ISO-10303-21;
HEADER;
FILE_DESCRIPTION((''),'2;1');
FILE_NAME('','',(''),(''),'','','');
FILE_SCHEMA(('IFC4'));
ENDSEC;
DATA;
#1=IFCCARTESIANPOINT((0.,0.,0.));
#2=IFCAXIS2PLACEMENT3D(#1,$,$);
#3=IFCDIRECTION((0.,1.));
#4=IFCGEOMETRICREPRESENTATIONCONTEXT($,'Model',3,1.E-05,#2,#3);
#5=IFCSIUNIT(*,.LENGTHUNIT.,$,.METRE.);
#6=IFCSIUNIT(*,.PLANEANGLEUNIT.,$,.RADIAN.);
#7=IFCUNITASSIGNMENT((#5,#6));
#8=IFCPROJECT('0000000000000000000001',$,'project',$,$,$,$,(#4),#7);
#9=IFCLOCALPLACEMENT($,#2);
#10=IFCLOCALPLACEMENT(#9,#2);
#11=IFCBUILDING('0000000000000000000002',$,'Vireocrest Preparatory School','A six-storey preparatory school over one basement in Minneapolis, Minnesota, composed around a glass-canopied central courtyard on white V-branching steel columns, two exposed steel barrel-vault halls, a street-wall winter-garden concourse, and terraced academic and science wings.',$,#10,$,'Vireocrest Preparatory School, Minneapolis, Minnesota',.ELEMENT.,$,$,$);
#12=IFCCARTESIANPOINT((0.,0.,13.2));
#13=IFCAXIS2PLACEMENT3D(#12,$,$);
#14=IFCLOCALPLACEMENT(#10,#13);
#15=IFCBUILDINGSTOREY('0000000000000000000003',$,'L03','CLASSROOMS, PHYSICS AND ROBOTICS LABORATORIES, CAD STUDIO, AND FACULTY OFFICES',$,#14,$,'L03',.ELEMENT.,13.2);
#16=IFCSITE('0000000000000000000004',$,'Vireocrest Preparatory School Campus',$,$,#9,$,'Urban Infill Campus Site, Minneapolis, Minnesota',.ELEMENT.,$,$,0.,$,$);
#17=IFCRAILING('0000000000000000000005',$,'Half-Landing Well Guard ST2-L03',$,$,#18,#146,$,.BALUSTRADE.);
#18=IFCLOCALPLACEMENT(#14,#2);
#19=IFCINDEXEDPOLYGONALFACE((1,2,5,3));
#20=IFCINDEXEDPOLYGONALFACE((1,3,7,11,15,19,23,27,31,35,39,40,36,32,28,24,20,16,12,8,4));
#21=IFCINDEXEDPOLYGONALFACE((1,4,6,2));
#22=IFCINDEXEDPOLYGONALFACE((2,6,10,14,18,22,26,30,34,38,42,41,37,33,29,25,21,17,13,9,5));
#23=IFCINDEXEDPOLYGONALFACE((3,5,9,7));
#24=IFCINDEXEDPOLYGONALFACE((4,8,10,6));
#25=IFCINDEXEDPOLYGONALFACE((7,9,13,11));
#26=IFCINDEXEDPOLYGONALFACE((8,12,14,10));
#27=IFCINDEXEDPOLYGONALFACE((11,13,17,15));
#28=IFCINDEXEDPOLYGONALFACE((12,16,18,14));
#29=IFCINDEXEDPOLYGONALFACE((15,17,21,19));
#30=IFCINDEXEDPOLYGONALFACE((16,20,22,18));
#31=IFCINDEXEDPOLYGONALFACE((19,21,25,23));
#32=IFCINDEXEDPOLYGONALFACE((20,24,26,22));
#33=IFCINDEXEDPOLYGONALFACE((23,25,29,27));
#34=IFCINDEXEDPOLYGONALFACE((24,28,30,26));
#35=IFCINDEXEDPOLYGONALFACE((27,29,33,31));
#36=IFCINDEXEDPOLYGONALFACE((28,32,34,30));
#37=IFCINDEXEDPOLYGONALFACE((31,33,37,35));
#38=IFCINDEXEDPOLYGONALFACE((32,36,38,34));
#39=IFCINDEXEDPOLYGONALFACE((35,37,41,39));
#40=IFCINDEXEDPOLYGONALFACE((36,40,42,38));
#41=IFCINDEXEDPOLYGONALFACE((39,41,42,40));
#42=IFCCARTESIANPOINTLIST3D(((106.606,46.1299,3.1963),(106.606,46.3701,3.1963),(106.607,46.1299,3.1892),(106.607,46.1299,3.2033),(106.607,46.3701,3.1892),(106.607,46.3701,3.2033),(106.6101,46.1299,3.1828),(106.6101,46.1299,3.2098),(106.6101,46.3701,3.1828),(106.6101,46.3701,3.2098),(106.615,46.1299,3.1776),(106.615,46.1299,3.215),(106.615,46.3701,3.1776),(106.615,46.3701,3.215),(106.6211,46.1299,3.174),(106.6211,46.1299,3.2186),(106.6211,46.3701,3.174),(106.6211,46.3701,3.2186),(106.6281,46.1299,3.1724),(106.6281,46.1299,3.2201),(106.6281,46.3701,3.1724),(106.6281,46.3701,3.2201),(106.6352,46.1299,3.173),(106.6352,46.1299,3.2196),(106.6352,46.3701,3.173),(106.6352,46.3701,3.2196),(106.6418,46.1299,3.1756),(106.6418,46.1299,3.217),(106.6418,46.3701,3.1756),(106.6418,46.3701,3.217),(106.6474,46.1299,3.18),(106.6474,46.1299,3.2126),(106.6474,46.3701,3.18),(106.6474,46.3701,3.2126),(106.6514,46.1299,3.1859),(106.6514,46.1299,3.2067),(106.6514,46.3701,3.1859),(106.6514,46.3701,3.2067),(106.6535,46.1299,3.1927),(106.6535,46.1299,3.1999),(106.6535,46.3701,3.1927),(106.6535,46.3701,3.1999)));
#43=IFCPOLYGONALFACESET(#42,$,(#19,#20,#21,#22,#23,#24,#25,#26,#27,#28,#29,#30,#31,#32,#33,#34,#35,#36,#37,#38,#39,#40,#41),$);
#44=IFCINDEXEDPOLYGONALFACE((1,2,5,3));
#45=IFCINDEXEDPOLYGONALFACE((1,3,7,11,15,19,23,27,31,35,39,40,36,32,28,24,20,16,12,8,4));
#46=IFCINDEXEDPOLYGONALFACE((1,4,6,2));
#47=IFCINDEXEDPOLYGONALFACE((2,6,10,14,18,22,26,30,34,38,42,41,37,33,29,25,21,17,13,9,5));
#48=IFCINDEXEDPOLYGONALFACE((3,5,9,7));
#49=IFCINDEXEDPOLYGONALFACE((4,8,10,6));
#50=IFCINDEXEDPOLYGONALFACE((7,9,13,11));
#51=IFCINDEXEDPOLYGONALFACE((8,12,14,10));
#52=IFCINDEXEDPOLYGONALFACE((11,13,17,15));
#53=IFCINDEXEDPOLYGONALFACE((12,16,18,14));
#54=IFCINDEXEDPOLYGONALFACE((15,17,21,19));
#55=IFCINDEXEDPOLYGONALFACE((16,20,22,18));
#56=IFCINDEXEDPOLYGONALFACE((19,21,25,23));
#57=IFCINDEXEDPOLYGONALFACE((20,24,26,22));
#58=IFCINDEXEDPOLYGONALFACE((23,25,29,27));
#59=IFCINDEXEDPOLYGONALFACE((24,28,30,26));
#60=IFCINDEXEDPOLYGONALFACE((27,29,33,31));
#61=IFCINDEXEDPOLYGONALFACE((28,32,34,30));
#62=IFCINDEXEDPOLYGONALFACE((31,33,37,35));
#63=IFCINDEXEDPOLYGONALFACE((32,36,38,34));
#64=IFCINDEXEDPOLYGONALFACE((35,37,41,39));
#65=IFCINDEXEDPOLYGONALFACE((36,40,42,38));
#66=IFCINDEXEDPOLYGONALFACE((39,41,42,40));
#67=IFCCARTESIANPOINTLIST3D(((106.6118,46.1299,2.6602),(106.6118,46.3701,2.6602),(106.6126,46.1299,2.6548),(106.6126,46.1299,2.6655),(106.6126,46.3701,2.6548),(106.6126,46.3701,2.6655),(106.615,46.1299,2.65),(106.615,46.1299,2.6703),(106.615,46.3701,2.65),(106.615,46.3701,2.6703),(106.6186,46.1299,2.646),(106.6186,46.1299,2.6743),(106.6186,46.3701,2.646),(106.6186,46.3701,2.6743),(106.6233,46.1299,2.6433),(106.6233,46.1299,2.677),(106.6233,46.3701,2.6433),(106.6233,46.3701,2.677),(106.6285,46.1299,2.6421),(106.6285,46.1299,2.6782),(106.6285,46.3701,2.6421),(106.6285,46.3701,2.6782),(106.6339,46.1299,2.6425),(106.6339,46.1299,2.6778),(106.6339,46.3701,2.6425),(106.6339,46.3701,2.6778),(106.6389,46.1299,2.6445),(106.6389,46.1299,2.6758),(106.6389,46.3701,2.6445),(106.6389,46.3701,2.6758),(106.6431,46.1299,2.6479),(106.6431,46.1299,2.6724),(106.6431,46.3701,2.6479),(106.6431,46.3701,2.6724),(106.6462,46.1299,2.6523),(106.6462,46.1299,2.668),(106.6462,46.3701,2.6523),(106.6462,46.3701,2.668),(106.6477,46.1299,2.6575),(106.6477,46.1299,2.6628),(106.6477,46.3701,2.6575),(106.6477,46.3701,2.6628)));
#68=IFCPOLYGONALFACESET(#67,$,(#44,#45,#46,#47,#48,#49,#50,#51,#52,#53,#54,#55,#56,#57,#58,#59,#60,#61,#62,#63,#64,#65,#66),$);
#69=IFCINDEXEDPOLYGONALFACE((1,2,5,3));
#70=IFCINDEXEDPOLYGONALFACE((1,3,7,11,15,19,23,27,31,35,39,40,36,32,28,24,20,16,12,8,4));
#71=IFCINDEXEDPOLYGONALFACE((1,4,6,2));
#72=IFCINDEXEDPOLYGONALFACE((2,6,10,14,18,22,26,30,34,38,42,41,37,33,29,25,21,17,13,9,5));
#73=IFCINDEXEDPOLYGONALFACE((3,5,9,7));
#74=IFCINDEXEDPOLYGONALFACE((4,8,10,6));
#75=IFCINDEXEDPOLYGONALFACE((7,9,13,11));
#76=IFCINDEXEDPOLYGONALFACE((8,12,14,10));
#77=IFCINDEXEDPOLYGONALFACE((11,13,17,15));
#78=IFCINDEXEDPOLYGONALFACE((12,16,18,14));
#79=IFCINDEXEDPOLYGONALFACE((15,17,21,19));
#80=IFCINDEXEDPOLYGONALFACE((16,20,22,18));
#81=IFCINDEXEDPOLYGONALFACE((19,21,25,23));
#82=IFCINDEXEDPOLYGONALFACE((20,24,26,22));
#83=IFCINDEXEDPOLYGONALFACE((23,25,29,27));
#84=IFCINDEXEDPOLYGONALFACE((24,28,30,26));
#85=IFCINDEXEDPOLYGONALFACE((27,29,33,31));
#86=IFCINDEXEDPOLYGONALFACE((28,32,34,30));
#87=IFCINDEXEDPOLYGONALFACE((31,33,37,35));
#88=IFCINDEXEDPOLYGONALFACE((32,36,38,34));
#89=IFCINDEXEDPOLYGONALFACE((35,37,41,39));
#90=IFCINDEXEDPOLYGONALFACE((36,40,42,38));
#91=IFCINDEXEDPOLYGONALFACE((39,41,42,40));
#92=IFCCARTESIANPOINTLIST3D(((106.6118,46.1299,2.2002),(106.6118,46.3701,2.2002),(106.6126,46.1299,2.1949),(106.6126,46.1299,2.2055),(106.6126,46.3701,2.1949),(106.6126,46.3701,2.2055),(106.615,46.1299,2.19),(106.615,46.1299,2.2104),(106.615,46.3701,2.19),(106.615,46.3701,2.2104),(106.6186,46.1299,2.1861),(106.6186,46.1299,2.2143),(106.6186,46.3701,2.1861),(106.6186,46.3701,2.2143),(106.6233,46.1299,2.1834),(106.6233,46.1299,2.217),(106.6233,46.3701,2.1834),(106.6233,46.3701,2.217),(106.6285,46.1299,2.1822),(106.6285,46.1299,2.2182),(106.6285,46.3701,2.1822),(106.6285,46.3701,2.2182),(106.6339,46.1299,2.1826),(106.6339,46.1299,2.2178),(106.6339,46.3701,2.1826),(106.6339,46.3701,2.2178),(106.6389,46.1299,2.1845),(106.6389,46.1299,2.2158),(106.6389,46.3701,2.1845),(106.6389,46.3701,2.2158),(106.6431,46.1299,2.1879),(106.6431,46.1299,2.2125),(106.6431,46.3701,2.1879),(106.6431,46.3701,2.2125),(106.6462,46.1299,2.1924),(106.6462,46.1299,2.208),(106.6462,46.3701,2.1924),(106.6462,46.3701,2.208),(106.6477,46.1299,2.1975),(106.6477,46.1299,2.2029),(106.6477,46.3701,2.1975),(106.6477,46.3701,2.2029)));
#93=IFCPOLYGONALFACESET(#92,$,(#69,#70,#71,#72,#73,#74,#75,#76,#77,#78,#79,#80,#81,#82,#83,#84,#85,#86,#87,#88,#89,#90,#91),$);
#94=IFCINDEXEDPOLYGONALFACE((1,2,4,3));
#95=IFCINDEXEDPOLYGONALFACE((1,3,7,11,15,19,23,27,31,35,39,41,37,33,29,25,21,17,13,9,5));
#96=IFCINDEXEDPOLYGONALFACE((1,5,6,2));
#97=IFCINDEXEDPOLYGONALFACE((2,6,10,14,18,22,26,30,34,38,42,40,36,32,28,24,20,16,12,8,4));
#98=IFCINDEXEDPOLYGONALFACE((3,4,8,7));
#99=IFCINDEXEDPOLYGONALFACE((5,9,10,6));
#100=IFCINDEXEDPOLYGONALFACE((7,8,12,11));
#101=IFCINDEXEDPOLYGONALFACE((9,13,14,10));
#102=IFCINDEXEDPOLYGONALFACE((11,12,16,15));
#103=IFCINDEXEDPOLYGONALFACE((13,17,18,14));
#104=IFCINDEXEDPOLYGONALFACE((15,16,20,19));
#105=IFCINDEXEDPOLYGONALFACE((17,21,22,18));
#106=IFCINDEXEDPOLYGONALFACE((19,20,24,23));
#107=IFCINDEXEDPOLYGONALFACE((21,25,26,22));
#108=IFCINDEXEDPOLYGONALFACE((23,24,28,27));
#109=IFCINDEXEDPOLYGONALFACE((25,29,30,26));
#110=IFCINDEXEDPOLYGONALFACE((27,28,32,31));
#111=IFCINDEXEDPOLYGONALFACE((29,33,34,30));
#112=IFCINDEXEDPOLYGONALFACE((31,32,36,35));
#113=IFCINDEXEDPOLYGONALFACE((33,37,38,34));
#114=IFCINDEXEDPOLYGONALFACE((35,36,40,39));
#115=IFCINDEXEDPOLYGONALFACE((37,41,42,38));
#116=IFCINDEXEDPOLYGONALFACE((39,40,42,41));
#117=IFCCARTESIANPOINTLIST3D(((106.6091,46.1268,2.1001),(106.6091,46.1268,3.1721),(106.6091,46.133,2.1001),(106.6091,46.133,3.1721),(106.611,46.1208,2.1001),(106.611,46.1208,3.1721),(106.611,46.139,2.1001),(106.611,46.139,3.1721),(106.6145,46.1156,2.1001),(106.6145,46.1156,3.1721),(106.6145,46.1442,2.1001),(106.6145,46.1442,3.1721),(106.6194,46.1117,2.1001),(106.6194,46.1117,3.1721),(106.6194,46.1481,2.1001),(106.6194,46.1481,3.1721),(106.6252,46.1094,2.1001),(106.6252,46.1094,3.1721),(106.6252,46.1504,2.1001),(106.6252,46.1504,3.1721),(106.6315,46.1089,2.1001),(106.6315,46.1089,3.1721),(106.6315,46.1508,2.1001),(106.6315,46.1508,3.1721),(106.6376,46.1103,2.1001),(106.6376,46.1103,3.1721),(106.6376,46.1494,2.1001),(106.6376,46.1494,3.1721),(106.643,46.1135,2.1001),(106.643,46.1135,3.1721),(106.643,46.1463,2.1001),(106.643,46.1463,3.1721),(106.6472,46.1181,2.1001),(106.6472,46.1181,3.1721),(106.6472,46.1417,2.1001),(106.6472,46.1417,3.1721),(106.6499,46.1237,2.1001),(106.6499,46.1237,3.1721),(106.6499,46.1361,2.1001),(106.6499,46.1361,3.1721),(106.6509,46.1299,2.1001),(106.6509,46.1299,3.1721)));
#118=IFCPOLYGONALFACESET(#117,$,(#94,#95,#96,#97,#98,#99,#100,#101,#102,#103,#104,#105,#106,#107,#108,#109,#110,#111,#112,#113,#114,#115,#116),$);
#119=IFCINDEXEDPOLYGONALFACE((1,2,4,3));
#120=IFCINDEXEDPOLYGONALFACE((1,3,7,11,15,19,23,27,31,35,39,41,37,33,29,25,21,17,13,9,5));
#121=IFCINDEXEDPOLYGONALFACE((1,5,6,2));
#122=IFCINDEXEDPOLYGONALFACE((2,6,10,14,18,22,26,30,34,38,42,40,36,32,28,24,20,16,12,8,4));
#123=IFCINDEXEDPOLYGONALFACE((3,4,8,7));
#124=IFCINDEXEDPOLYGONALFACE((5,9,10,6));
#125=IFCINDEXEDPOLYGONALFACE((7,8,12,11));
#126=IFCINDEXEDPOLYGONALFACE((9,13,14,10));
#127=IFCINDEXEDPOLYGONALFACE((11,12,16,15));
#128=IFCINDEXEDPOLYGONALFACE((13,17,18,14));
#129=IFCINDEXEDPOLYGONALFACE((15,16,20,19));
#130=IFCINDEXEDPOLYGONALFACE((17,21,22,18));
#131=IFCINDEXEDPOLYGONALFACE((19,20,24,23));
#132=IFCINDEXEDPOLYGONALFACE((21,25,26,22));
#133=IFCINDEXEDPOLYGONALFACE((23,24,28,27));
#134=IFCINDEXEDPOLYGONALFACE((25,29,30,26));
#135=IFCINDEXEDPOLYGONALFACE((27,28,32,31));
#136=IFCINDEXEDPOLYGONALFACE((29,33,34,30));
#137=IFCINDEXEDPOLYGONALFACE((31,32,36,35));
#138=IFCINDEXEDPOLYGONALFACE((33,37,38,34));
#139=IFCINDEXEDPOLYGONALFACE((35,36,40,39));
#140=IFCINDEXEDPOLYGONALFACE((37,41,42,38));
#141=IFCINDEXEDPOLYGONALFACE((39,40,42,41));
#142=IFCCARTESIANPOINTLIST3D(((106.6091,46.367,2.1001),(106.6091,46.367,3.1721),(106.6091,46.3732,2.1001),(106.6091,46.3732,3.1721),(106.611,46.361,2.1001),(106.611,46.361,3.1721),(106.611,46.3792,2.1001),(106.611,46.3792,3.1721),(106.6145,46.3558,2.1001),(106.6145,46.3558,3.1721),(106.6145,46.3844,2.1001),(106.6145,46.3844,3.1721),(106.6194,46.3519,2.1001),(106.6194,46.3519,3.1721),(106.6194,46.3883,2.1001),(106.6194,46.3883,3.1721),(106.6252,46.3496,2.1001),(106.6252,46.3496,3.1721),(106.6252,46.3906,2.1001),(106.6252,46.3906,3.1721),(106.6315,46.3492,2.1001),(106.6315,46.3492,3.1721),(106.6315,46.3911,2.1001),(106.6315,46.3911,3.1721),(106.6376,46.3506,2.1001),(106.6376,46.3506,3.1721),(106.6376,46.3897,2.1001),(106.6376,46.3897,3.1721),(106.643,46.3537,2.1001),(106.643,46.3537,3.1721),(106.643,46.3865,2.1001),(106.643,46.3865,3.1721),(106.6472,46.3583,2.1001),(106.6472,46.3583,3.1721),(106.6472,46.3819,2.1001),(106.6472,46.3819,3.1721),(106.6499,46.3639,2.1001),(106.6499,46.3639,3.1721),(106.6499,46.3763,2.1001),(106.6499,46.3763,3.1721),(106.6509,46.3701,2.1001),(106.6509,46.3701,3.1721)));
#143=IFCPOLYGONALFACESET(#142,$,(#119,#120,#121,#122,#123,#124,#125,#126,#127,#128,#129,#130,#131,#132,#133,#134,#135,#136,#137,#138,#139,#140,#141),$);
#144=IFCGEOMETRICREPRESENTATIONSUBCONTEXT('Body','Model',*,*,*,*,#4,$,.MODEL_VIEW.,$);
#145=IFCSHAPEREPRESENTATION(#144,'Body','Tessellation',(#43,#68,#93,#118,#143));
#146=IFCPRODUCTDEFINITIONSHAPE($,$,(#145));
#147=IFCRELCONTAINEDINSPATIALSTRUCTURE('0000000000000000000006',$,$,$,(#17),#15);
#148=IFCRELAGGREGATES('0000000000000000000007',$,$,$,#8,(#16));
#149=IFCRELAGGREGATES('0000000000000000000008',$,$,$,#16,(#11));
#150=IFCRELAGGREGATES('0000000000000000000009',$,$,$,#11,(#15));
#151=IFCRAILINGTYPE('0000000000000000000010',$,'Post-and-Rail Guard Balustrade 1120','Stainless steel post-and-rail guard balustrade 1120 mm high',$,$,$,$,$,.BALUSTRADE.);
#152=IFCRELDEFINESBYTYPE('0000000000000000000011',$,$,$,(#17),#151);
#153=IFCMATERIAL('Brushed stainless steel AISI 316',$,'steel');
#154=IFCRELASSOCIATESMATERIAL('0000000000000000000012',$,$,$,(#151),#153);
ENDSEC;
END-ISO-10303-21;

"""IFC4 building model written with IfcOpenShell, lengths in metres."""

from ifc_helpers import new_model, si_unit, direction, frame, origin, origin_2d, place, context, subcontext, project, spatial, circle, extrude, material, type_object, element, save


model = new_model("IFC4")

# Units and contexts
model_context = context("Model", 3, precision=1e-05, world=origin(), true_north=direction((0.0, 1.0)))
body_context = subcontext(model_context, "Body", "Model", "MODEL_VIEW")
ifc_project = project(units=[si_unit("LENGTHUNIT", "METRE"), si_unit("PLANEANGLEUNIT", "RADIAN")], contexts=[model_context])

# Site, building, storey
site_placement = place(None, origin())
site = spatial("IfcSite", under=ifc_project, at=site_placement, Name="Vireocrest Preparatory School Campus", LongName="Urban Infill Campus Site, Minneapolis, Minnesota", CompositionType="ELEMENT", RefElevation=0.0)
building_placement = place(site_placement, origin())
building = spatial("IfcBuilding", under=site, at=building_placement, Name="Vireocrest Preparatory School", Description="A six-storey preparatory school over one basement in Minneapolis, Minnesota, composed around a glass-canopied central courtyard on white V-branching steel columns, two exposed steel barrel-vault halls, a street-wall winter-garden concourse, and terraced academic and science wings.", LongName="Vireocrest Preparatory School, Minneapolis, Minnesota", CompositionType="ELEMENT")
storey_placement = place(building_placement, frame((0.0, 0.0, 13.2)))
storey = spatial("IfcBuildingStorey", under=building, at=storey_placement, Name="L03", Description="CLASSROOMS, PHYSICS AND ROBOTICS LABORATORIES, CAD STUDIO, AND FACULTY OFFICES", LongName="L03", CompositionType="ELEMENT", Elevation=13.2)

# Railing
ifc_material_1 = material(Name="Brushed stainless steel AISI 316", Category="steel")
railing_type_1 = type_object("IfcRailingType", Name="Post-and-Rail Guard Balustrade 1120", Description="Stainless steel post-and-rail guard balustrade 1120 mm high", PredefinedType="BALUSTRADE", material=ifc_material_1)
railing_1_placement = place(storey_placement, frame((106.6299, 46.1299, 2.1001)))
element("IfcRailing", 1, at=railing_1_placement, inside=storey, type_object=railing_type_1, Name="Half-Landing Well Guard ST2-L03", PredefinedType="BALUSTRADE", context=body_context, shape_type="SweptSolid", body=[
    extrude(circle(Radius=0.0239, at=origin_2d()), frame((0.0, 0.0, 1.0962), z_axis=(0.0, 1.0, 0.0), x_axis=(-1.0, 0.0, 0.0)), (0.0, 0.0, 1.0), 0.2402),
    extrude(circle(Radius=0.0181, at=origin_2d()), frame((0.0, 0.0, 0.5601), z_axis=(0.0, 1.0, 0.0), x_axis=(-1.0, 0.0, 0.0)), (0.0, 0.0, 1.0), 0.2402),
    extrude(circle(Radius=0.0181, at=origin_2d()), frame((0.0, 0.0, 0.1001), z_axis=(0.0, 1.0, 0.0), x_axis=(-1.0, 0.0, 0.0)), (0.0, 0.0, 1.0), 0.2402),
    extrude(circle(Radius=0.021, at=origin_2d()), origin(), (0.0, 0.0, 1.0), 1.072),
    extrude(circle(Radius=0.021, at=origin_2d()), frame((0.0, 0.2402, 0.0)), (0.0, 0.0, 1.0), 1.072),
])

save(model, "model.ifc")
